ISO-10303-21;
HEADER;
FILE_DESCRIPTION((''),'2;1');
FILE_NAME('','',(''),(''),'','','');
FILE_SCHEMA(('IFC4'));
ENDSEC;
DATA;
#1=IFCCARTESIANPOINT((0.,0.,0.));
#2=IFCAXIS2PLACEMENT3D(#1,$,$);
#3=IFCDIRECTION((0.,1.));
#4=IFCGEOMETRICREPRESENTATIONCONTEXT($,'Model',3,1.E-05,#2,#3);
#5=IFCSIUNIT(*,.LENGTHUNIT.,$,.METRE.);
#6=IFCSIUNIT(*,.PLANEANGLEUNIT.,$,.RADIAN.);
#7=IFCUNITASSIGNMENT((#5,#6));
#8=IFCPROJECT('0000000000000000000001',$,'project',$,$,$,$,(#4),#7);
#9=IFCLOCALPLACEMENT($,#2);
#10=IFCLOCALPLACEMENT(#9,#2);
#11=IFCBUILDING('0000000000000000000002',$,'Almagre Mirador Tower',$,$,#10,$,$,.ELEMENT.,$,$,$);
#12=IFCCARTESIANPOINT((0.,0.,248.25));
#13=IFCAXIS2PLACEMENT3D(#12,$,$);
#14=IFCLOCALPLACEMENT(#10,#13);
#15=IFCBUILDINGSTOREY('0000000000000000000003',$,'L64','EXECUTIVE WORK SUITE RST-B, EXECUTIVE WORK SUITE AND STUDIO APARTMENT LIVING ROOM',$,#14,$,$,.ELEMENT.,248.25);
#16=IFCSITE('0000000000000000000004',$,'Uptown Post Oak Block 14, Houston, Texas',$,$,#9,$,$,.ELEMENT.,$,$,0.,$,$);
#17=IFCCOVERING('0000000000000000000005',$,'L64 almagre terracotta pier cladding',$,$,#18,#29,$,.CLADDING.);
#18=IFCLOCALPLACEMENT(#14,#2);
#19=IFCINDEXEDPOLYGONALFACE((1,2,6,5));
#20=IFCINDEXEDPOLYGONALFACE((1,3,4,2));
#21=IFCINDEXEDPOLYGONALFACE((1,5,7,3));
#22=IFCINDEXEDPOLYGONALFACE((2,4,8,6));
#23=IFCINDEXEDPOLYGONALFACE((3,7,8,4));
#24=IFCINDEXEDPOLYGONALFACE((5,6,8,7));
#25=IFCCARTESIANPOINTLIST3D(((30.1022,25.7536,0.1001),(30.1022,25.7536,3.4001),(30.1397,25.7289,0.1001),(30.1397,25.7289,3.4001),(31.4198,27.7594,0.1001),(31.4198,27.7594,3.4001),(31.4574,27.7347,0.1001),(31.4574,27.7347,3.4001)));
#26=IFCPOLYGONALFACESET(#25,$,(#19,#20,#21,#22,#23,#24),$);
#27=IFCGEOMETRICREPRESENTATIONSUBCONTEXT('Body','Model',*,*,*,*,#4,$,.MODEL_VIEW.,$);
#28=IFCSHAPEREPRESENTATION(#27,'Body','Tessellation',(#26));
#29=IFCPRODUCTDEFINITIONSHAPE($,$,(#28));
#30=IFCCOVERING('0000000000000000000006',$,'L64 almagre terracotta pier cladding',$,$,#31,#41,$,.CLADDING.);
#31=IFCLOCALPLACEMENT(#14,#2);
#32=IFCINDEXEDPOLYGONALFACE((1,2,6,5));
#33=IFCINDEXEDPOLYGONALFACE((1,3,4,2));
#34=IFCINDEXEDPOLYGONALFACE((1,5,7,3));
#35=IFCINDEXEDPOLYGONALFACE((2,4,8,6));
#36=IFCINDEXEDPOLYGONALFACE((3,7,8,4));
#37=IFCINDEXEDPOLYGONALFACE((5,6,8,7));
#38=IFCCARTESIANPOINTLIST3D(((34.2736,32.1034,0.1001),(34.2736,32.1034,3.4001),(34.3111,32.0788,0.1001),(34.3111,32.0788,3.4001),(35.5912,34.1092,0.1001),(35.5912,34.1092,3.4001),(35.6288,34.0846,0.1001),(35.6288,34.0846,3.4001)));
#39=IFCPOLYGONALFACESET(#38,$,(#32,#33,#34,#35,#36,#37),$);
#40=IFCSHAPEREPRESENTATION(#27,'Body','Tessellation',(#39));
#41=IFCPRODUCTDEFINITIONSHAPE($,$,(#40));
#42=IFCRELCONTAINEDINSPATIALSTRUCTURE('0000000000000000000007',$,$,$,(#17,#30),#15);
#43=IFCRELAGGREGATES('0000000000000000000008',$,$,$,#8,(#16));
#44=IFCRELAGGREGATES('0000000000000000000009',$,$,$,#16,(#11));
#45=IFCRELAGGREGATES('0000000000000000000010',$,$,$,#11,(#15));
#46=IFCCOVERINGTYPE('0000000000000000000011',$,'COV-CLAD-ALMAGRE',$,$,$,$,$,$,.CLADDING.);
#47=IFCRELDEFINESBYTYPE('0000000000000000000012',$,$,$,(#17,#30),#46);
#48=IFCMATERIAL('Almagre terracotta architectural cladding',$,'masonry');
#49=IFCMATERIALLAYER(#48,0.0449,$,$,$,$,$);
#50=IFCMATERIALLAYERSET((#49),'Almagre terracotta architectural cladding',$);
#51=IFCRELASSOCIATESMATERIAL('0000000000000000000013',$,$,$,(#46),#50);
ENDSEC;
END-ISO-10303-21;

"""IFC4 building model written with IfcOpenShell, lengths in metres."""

from ifc_helpers import new_model, si_unit, direction, frame, origin, origin_2d, place, context, subcontext, project, spatial, rectangle, extrude, material, layer, layer_set, type_object, element, save


model = new_model("IFC4")

# Units and contexts
model_context = context("Model", 3, precision=1e-05, world=origin(), true_north=direction((0.0, 1.0)))
body_context = subcontext(model_context, "Body", "Model", "MODEL_VIEW")
ifc_project = project(units=[si_unit("LENGTHUNIT", "METRE"), si_unit("PLANEANGLEUNIT", "RADIAN")], contexts=[model_context])

# Site, building, storey
site_placement = place(None, origin())
site = spatial("IfcSite", under=ifc_project, at=site_placement, Name="Uptown Post Oak Block 14, Houston, Texas", CompositionType="ELEMENT", RefElevation=0.0)
building_placement = place(site_placement, origin())
building = spatial("IfcBuilding", under=site, at=building_placement, Name="Almagre Mirador Tower", CompositionType="ELEMENT")
storey_placement = place(building_placement, frame((0.0, 0.0, 248.25)))
storey = spatial("IfcBuildingStorey", under=building, at=storey_placement, Name="L64", Description="EXECUTIVE WORK SUITE RST-B, EXECUTIVE WORK SUITE AND STUDIO APARTMENT LIVING ROOM", CompositionType="ELEMENT", Elevation=248.25)

# Coverings
ifc_material_1 = material(Name="Almagre terracotta architectural cladding", Category="masonry")
ifc_layer_1 = layer(ifc_material_1, 0.0449)
ifc_layer_set_1 = layer_set([ifc_layer_1], Name="Almagre terracotta architectural cladding")
covering_type = type_object("IfcCoveringType", Name="COV-CLAD-ALMAGRE", PredefinedType="CLADDING", material=ifc_layer_set_1)
for number, where, z_axis, x_axis, name in (
    (1, (30.7798, 26.7441, 0.1001), (0.0, 0.0, 1.0), (0.549052, 0.835788, 0.0), "L64 almagre terracotta pier cladding"),
    (2, (34.9512, 33.094, 0.1001), (0.0, 0.0, 1.0), (0.549052, 0.835788, 0.0), "L64 almagre terracotta pier cladding"),
):
    element("IfcCovering", number, at=place(storey_placement, frame(where, z_axis=z_axis, x_axis=x_axis)), inside=storey, type_object=covering_type, Name=name, PredefinedType="CLADDING", context=body_context, shape_type="SweptSolid", body=[
        extrude(rectangle(XDim=2.3999, YDim=0.0449, at=origin_2d()), origin(), (0.0, 0.0, 1.0), 3.3),
    ])

save(model, "model.ifc")
